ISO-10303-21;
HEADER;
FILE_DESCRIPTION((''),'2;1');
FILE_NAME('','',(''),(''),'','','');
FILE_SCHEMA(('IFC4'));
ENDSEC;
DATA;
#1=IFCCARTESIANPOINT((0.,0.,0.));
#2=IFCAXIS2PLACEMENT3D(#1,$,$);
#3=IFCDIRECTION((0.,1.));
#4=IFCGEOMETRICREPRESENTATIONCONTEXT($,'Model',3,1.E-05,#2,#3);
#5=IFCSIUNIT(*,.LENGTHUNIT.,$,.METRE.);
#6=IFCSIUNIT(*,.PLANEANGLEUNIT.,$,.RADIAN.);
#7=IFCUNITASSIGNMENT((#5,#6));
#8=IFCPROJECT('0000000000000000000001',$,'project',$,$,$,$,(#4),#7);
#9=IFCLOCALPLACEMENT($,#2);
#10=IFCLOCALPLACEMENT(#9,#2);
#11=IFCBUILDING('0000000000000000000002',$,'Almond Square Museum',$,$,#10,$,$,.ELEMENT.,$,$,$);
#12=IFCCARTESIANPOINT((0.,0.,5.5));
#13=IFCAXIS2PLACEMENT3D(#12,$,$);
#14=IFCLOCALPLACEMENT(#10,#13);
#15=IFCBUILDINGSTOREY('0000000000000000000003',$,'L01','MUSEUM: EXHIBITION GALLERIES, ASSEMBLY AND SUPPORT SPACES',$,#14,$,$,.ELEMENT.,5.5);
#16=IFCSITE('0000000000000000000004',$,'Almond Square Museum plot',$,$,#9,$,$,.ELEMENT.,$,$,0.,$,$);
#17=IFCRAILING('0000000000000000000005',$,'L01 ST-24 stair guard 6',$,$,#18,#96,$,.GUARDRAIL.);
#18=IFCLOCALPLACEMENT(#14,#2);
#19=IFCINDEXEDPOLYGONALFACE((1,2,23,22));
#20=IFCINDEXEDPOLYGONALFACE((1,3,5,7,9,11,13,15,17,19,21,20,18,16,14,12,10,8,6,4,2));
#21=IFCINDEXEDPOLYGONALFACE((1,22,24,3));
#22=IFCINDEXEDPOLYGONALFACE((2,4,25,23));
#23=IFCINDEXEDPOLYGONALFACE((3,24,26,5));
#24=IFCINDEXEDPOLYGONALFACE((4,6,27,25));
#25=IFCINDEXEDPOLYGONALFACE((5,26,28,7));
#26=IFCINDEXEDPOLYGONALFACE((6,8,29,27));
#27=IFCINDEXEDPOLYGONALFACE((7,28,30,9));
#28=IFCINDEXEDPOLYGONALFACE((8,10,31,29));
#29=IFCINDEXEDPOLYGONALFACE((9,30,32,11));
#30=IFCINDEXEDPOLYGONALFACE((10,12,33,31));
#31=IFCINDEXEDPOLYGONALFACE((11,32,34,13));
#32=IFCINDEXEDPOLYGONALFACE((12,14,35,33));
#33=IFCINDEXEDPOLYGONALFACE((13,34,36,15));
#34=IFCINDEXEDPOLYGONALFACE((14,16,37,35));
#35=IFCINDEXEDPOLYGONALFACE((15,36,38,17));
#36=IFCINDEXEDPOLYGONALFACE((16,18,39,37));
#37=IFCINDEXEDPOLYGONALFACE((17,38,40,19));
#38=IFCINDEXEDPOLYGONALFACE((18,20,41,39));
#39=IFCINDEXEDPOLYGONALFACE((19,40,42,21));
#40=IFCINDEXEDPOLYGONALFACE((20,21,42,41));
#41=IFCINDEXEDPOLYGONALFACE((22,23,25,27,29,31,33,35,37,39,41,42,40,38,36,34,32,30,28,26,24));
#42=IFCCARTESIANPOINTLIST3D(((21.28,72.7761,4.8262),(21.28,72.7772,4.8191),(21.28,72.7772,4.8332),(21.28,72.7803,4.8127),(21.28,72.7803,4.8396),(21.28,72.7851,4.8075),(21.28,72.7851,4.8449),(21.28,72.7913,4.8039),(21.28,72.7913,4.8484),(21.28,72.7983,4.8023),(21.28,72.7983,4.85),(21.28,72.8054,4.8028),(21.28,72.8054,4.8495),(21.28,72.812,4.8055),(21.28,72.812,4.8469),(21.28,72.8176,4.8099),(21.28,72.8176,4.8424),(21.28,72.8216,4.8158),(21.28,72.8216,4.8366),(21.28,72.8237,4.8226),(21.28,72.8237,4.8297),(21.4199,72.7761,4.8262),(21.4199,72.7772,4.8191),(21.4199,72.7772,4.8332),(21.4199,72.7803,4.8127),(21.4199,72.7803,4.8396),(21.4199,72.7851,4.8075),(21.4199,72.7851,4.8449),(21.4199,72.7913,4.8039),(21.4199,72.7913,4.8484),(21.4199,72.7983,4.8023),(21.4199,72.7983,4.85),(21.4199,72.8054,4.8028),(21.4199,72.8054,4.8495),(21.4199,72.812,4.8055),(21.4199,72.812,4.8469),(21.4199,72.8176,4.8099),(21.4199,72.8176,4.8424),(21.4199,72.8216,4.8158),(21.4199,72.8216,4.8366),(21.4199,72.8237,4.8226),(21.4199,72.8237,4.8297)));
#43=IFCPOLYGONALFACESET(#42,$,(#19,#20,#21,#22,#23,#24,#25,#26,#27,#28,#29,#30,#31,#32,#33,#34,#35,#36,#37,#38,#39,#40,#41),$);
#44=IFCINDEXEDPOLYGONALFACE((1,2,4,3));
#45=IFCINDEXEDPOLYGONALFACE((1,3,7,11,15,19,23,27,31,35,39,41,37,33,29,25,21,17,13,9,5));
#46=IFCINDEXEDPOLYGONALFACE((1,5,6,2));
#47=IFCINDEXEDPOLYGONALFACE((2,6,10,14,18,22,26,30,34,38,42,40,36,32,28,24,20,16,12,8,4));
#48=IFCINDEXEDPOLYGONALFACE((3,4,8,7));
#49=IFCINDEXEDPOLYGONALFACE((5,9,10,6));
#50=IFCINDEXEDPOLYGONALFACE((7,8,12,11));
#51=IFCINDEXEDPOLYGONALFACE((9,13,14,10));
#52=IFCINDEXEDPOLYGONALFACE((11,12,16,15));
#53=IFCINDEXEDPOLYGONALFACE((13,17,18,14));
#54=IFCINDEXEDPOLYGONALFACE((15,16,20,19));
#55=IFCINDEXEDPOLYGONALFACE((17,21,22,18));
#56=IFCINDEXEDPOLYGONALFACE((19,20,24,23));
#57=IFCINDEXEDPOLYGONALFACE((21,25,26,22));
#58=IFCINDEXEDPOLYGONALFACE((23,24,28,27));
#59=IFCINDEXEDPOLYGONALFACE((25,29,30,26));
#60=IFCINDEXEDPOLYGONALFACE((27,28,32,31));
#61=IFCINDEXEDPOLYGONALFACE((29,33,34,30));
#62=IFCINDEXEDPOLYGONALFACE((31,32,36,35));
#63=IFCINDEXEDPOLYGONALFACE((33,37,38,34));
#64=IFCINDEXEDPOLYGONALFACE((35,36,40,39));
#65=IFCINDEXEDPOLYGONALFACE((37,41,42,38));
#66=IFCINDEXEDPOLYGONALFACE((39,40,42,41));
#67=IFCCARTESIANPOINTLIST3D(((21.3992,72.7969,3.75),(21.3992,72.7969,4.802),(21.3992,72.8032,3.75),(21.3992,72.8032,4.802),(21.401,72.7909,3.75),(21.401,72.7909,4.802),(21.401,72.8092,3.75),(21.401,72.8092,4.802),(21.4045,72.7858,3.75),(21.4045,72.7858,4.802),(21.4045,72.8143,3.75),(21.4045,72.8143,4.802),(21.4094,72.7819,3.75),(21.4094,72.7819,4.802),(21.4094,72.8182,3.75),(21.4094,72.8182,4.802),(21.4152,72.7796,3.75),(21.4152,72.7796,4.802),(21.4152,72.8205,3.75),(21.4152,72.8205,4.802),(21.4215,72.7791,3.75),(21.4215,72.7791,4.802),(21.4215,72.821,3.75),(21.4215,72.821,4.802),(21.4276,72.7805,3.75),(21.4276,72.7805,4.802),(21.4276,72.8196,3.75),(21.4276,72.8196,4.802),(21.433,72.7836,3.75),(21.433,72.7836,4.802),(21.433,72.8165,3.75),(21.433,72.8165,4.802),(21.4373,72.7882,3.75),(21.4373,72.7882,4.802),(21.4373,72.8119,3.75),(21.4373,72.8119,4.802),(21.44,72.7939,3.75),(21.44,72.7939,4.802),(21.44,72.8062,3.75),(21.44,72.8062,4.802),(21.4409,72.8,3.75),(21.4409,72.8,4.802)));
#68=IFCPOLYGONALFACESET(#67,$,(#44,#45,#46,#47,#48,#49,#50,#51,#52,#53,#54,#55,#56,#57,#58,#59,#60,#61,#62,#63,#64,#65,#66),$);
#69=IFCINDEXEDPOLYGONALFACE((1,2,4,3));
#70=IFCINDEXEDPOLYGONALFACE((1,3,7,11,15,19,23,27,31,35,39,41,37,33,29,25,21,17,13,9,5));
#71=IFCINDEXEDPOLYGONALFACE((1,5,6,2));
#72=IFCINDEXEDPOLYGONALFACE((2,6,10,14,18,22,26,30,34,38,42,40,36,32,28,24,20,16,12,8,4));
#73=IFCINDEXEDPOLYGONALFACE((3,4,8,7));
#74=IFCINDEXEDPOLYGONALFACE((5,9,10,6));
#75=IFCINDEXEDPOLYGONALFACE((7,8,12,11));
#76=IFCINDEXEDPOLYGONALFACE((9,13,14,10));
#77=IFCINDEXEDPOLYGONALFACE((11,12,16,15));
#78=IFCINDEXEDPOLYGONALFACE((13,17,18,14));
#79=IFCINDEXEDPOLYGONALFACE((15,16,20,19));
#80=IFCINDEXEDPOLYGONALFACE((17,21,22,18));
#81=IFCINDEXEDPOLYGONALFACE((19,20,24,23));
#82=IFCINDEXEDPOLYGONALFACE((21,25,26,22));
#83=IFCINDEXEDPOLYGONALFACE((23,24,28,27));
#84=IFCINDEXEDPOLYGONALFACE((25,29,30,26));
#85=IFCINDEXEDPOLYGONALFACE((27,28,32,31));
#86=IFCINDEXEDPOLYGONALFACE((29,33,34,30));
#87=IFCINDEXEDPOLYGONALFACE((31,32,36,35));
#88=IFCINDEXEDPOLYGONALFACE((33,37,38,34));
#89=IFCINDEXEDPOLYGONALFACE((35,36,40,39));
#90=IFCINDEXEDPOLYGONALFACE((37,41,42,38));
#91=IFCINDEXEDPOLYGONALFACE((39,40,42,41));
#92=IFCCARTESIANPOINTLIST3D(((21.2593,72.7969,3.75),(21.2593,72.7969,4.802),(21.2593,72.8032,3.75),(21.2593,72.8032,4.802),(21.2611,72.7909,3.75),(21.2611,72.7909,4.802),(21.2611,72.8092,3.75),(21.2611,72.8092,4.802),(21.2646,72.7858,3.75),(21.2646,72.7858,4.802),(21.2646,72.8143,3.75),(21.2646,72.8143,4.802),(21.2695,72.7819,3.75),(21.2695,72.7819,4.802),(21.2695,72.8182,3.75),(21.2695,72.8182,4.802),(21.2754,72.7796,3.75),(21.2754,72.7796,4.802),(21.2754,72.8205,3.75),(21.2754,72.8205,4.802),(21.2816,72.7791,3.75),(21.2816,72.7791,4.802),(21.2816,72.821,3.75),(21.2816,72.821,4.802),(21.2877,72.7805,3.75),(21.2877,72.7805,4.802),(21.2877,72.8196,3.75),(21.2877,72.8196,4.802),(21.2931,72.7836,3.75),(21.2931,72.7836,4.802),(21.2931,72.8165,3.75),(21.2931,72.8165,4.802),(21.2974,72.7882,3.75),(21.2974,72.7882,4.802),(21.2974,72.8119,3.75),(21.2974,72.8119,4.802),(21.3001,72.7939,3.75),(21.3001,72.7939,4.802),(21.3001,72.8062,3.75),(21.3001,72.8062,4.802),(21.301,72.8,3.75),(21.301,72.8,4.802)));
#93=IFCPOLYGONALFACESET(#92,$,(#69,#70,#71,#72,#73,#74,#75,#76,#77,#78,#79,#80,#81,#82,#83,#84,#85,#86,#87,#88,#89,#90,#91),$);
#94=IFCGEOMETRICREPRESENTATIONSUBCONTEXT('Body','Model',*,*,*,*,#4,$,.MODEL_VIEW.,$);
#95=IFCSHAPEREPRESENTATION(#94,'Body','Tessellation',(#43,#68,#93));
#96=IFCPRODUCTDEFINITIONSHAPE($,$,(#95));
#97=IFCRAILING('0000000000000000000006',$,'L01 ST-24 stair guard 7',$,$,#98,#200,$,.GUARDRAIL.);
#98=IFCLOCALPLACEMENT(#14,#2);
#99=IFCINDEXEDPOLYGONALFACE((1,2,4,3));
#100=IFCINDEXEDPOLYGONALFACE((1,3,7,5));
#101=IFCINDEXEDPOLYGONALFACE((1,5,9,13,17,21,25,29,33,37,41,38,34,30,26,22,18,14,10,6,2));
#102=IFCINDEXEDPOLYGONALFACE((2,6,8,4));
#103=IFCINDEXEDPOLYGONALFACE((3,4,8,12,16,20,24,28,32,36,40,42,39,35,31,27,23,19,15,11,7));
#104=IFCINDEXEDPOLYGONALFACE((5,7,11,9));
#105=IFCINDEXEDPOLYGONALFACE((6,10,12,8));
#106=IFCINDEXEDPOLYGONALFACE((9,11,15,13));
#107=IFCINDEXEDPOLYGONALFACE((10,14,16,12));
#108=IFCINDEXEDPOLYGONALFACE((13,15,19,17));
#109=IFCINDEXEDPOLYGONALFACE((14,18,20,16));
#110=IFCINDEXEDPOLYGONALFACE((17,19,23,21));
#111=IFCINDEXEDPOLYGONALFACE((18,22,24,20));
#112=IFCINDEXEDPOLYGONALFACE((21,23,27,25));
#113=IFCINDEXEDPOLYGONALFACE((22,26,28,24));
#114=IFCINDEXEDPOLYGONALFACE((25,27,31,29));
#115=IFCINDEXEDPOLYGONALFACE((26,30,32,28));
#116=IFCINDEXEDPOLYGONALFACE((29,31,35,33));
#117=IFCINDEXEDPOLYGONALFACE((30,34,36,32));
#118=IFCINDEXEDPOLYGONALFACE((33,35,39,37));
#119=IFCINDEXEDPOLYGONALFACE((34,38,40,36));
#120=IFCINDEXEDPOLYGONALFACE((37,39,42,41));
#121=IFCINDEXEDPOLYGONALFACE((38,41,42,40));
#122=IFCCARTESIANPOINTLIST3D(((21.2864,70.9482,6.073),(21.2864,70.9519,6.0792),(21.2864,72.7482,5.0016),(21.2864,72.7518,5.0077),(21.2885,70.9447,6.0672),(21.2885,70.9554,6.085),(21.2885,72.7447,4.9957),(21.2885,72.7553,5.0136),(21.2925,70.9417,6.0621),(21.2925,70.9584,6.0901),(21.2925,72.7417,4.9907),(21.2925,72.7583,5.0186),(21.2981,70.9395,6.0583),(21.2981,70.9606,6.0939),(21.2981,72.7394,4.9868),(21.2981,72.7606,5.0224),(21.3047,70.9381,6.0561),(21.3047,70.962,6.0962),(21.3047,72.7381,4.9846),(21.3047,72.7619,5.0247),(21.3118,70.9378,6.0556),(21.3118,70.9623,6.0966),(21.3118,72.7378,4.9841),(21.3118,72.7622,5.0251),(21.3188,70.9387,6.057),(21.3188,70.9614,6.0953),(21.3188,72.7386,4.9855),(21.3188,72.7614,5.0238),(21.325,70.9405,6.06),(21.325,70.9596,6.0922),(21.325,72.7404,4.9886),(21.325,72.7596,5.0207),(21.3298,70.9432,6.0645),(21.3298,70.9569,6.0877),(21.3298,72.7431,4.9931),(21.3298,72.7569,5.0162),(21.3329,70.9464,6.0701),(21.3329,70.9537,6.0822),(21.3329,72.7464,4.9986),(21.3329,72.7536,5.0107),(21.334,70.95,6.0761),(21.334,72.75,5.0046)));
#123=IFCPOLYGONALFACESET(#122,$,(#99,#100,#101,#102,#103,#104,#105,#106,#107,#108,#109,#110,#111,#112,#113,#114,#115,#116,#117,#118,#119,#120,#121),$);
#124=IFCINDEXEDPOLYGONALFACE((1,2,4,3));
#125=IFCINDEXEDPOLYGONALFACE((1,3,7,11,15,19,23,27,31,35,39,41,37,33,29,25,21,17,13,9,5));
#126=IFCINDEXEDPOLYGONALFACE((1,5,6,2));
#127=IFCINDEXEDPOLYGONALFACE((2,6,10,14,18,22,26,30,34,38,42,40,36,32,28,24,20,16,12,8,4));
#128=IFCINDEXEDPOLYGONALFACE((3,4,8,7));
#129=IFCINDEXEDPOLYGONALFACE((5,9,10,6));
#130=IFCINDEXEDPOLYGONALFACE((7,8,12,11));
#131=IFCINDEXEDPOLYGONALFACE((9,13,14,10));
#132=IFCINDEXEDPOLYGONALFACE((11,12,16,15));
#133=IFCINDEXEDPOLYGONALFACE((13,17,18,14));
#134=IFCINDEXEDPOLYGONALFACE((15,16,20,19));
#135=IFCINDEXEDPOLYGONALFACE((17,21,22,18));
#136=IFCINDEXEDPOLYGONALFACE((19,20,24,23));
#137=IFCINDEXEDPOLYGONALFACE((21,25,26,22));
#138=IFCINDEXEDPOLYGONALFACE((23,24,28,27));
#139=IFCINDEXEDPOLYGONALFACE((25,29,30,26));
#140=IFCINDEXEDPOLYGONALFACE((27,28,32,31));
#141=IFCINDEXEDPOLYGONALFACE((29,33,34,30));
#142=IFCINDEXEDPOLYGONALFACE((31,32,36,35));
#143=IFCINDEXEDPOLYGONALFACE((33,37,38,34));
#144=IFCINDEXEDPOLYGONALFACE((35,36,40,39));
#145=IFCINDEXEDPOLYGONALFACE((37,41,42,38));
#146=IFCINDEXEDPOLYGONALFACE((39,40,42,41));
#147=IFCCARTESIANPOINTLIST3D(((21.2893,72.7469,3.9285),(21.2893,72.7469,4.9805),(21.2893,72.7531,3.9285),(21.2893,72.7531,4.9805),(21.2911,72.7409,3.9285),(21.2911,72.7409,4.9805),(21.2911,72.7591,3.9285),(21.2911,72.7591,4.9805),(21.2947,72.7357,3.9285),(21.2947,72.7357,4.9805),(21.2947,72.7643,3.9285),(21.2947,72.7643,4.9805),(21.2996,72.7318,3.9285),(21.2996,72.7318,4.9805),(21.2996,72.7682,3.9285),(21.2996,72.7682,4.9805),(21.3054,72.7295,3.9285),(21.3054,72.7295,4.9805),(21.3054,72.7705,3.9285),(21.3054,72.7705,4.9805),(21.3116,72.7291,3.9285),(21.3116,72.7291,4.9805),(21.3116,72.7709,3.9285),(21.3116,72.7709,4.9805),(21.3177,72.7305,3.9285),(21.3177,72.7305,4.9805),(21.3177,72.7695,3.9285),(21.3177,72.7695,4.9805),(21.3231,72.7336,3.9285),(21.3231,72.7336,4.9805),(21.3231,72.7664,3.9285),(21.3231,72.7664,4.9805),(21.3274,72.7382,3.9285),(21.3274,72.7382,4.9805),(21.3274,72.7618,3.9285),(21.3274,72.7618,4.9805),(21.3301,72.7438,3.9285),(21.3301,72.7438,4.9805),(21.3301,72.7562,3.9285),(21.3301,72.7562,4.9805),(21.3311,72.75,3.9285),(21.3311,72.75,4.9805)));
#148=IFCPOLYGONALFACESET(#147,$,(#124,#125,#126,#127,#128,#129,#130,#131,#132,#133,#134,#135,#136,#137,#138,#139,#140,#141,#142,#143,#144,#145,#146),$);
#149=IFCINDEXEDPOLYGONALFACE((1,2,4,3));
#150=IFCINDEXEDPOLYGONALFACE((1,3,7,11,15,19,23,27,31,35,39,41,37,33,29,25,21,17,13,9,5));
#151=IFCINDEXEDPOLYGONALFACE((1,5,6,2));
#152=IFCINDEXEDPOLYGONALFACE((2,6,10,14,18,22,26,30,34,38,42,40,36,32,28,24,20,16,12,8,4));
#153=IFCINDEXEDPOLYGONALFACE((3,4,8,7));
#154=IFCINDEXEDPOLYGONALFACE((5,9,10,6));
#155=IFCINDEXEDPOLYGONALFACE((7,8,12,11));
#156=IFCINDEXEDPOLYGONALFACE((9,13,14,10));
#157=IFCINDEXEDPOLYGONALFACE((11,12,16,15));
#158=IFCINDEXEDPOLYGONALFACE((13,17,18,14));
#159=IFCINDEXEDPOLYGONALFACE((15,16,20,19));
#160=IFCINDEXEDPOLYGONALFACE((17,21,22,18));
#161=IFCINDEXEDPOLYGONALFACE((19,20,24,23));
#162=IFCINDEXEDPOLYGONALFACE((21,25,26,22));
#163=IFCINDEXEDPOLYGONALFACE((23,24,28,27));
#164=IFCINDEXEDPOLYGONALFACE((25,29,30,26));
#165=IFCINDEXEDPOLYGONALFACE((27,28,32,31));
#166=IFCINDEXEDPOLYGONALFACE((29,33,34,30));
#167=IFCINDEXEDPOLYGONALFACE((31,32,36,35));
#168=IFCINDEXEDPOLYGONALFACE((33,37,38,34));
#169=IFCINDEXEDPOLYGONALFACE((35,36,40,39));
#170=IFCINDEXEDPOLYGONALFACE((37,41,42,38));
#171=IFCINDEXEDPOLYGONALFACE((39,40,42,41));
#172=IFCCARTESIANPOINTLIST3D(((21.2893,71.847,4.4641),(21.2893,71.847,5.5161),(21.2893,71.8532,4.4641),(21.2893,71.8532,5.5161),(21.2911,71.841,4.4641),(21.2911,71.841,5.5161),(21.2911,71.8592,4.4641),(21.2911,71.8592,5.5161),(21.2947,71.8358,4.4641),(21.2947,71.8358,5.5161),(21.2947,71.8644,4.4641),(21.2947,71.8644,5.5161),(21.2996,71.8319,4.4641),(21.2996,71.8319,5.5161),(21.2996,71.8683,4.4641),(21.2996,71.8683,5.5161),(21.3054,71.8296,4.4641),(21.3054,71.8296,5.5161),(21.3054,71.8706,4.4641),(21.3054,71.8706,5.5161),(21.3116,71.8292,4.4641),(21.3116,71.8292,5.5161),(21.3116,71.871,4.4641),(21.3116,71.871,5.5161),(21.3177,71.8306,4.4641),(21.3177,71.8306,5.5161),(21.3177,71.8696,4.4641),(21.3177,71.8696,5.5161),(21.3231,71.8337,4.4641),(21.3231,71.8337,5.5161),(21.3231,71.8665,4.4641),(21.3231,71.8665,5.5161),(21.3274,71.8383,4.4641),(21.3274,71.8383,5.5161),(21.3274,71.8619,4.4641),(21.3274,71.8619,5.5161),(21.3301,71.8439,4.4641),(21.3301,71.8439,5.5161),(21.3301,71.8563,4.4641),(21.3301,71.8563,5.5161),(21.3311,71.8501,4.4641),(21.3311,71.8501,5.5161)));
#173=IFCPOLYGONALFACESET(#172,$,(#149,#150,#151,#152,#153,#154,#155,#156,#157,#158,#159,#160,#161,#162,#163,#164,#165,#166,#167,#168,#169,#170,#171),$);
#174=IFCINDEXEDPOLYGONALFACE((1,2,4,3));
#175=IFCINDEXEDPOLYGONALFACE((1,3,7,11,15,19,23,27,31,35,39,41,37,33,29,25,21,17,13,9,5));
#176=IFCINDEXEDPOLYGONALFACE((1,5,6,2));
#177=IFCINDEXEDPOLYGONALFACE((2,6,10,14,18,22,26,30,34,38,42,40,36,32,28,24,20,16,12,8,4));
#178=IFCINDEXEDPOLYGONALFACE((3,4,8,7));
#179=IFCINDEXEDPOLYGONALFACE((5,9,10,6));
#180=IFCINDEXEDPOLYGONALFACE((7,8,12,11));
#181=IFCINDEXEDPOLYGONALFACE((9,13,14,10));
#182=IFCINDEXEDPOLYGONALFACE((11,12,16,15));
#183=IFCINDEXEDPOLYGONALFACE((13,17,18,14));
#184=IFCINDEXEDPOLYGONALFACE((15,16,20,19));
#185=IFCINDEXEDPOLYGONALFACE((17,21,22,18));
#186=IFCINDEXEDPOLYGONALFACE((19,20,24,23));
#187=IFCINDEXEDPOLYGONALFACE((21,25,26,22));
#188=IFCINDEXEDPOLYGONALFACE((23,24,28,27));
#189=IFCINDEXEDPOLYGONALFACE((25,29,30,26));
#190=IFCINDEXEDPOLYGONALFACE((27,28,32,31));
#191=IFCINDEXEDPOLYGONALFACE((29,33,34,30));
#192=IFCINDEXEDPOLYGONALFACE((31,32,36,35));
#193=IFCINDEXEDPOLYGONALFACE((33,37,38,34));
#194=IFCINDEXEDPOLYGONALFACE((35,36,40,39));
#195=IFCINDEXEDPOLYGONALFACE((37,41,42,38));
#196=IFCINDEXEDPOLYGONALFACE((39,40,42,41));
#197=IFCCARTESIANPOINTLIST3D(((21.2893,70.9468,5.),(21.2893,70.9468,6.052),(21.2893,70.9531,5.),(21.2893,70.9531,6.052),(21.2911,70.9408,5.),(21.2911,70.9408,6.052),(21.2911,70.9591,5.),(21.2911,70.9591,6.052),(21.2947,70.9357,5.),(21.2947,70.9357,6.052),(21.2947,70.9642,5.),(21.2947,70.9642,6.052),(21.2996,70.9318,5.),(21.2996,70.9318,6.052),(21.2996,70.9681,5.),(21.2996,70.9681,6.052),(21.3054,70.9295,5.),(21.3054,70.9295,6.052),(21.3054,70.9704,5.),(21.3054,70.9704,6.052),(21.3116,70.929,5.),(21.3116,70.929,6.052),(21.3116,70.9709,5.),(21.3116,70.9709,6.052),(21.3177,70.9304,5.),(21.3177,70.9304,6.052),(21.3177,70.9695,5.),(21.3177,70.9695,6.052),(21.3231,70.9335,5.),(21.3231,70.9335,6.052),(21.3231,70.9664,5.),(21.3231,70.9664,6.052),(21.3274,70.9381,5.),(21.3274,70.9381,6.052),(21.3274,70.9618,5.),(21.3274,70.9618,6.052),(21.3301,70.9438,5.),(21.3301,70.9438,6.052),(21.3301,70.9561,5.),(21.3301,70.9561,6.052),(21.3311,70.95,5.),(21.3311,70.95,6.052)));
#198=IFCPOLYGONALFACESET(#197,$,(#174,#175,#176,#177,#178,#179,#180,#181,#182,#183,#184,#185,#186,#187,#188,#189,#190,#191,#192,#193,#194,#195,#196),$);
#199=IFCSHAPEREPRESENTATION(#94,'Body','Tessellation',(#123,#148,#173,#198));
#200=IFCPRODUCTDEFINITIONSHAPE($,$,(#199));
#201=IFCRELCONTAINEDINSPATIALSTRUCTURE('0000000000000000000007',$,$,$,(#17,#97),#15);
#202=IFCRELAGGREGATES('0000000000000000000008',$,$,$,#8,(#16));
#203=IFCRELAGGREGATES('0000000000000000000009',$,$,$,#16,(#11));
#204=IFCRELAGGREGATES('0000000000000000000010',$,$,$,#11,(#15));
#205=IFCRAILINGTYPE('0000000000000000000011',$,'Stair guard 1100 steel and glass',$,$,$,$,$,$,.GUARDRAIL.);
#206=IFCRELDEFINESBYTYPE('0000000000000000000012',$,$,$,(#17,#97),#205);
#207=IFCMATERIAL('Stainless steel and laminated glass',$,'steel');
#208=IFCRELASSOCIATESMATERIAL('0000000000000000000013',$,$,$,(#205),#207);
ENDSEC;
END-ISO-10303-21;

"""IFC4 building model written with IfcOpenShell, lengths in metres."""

from ifc_helpers import new_model, si_unit, direction, frame, origin, origin_2d, place, context, subcontext, project, spatial, circle, extrude, material, type_object, element, save


model = new_model("IFC4")

# Units and contexts
model_context = context("Model", 3, precision=1e-05, world=origin(), true_north=direction((0.0, 1.0)))
body_context = subcontext(model_context, "Body", "Model", "MODEL_VIEW")
ifc_project = project(units=[si_unit("LENGTHUNIT", "METRE"), si_unit("PLANEANGLEUNIT", "RADIAN")], contexts=[model_context])

# Site, building, storey
site_placement = place(None, origin())
site = spatial("IfcSite", under=ifc_project, at=site_placement, Name="Almond Square Museum plot", CompositionType="ELEMENT", RefElevation=0.0)
building_placement = place(site_placement, origin())
building = spatial("IfcBuilding", under=site, at=building_placement, Name="Almond Square Museum", CompositionType="ELEMENT")
storey_placement = place(building_placement, frame((0.0, 0.0, 5.5)))
storey = spatial("IfcBuildingStorey", under=building, at=storey_placement, Name="L01", Description="MUSEUM: EXHIBITION GALLERIES, ASSEMBLY AND SUPPORT SPACES", CompositionType="ELEMENT", Elevation=5.5)

# Railings
ifc_material_1 = material(Name="Stainless steel and laminated glass", Category="steel")
railing_type_1 = type_object("IfcRailingType", Name="Stair guard 1100 steel and glass", PredefinedType="GUARDRAIL", material=ifc_material_1)
railing_1_placement = place(storey_placement, frame((21.4199, 72.8, 3.75)))
element("IfcRailing", 1, at=railing_1_placement, inside=storey, type_object=railing_type_1, Name="L01 ST-24 stair guard 6", PredefinedType="GUARDRAIL", context=body_context, shape_type="SweptSolid", body=[
    extrude(circle(Radius=0.0239, at=origin_2d()), frame((0.0, 0.0, 1.0762), z_axis=(-1.0, 0.0, 0.0), x_axis=(0.0, -1.0, 0.0)), (0.0, 0.0, 1.0), 0.1399),
    extrude(circle(Radius=0.021, at=origin_2d()), origin(), (0.0, 0.0, 1.0), 1.052),
    extrude(circle(Radius=0.021, at=origin_2d()), frame((-0.1399, 0.0, 0.0)), (0.0, 0.0, 1.0), 1.052),
])
railing_2_placement = place(storey_placement, frame((21.3101, 72.75, 3.9285)))
element("IfcRailing", 2, at=railing_2_placement, inside=storey, type_object=railing_type_1, Name="L01 ST-24 stair guard 7", PredefinedType="GUARDRAIL", context=body_context, shape_type="SweptSolid", body=[
    extrude(circle(Radius=0.0239, at=origin_2d()), frame((0.0, 0.0, 1.0762), z_axis=(0.0, -0.859277, 0.51151), x_axis=(1.0, 0.0, 0.0)), (0.0, 0.0, 1.0), 2.0947),
    extrude(circle(Radius=0.021, at=origin_2d()), origin(), (0.0, 0.0, 1.0), 1.052),
    extrude(circle(Radius=0.021, at=origin_2d()), frame((0.0, -0.8999, 0.5356)), (0.0, 0.0, 1.0), 1.052),
    extrude(circle(Radius=0.021, at=origin_2d()), frame((0.0, -1.8, 1.0715)), (0.0, 0.0, 1.0), 1.052),
])

save(model, "model.ifc")
